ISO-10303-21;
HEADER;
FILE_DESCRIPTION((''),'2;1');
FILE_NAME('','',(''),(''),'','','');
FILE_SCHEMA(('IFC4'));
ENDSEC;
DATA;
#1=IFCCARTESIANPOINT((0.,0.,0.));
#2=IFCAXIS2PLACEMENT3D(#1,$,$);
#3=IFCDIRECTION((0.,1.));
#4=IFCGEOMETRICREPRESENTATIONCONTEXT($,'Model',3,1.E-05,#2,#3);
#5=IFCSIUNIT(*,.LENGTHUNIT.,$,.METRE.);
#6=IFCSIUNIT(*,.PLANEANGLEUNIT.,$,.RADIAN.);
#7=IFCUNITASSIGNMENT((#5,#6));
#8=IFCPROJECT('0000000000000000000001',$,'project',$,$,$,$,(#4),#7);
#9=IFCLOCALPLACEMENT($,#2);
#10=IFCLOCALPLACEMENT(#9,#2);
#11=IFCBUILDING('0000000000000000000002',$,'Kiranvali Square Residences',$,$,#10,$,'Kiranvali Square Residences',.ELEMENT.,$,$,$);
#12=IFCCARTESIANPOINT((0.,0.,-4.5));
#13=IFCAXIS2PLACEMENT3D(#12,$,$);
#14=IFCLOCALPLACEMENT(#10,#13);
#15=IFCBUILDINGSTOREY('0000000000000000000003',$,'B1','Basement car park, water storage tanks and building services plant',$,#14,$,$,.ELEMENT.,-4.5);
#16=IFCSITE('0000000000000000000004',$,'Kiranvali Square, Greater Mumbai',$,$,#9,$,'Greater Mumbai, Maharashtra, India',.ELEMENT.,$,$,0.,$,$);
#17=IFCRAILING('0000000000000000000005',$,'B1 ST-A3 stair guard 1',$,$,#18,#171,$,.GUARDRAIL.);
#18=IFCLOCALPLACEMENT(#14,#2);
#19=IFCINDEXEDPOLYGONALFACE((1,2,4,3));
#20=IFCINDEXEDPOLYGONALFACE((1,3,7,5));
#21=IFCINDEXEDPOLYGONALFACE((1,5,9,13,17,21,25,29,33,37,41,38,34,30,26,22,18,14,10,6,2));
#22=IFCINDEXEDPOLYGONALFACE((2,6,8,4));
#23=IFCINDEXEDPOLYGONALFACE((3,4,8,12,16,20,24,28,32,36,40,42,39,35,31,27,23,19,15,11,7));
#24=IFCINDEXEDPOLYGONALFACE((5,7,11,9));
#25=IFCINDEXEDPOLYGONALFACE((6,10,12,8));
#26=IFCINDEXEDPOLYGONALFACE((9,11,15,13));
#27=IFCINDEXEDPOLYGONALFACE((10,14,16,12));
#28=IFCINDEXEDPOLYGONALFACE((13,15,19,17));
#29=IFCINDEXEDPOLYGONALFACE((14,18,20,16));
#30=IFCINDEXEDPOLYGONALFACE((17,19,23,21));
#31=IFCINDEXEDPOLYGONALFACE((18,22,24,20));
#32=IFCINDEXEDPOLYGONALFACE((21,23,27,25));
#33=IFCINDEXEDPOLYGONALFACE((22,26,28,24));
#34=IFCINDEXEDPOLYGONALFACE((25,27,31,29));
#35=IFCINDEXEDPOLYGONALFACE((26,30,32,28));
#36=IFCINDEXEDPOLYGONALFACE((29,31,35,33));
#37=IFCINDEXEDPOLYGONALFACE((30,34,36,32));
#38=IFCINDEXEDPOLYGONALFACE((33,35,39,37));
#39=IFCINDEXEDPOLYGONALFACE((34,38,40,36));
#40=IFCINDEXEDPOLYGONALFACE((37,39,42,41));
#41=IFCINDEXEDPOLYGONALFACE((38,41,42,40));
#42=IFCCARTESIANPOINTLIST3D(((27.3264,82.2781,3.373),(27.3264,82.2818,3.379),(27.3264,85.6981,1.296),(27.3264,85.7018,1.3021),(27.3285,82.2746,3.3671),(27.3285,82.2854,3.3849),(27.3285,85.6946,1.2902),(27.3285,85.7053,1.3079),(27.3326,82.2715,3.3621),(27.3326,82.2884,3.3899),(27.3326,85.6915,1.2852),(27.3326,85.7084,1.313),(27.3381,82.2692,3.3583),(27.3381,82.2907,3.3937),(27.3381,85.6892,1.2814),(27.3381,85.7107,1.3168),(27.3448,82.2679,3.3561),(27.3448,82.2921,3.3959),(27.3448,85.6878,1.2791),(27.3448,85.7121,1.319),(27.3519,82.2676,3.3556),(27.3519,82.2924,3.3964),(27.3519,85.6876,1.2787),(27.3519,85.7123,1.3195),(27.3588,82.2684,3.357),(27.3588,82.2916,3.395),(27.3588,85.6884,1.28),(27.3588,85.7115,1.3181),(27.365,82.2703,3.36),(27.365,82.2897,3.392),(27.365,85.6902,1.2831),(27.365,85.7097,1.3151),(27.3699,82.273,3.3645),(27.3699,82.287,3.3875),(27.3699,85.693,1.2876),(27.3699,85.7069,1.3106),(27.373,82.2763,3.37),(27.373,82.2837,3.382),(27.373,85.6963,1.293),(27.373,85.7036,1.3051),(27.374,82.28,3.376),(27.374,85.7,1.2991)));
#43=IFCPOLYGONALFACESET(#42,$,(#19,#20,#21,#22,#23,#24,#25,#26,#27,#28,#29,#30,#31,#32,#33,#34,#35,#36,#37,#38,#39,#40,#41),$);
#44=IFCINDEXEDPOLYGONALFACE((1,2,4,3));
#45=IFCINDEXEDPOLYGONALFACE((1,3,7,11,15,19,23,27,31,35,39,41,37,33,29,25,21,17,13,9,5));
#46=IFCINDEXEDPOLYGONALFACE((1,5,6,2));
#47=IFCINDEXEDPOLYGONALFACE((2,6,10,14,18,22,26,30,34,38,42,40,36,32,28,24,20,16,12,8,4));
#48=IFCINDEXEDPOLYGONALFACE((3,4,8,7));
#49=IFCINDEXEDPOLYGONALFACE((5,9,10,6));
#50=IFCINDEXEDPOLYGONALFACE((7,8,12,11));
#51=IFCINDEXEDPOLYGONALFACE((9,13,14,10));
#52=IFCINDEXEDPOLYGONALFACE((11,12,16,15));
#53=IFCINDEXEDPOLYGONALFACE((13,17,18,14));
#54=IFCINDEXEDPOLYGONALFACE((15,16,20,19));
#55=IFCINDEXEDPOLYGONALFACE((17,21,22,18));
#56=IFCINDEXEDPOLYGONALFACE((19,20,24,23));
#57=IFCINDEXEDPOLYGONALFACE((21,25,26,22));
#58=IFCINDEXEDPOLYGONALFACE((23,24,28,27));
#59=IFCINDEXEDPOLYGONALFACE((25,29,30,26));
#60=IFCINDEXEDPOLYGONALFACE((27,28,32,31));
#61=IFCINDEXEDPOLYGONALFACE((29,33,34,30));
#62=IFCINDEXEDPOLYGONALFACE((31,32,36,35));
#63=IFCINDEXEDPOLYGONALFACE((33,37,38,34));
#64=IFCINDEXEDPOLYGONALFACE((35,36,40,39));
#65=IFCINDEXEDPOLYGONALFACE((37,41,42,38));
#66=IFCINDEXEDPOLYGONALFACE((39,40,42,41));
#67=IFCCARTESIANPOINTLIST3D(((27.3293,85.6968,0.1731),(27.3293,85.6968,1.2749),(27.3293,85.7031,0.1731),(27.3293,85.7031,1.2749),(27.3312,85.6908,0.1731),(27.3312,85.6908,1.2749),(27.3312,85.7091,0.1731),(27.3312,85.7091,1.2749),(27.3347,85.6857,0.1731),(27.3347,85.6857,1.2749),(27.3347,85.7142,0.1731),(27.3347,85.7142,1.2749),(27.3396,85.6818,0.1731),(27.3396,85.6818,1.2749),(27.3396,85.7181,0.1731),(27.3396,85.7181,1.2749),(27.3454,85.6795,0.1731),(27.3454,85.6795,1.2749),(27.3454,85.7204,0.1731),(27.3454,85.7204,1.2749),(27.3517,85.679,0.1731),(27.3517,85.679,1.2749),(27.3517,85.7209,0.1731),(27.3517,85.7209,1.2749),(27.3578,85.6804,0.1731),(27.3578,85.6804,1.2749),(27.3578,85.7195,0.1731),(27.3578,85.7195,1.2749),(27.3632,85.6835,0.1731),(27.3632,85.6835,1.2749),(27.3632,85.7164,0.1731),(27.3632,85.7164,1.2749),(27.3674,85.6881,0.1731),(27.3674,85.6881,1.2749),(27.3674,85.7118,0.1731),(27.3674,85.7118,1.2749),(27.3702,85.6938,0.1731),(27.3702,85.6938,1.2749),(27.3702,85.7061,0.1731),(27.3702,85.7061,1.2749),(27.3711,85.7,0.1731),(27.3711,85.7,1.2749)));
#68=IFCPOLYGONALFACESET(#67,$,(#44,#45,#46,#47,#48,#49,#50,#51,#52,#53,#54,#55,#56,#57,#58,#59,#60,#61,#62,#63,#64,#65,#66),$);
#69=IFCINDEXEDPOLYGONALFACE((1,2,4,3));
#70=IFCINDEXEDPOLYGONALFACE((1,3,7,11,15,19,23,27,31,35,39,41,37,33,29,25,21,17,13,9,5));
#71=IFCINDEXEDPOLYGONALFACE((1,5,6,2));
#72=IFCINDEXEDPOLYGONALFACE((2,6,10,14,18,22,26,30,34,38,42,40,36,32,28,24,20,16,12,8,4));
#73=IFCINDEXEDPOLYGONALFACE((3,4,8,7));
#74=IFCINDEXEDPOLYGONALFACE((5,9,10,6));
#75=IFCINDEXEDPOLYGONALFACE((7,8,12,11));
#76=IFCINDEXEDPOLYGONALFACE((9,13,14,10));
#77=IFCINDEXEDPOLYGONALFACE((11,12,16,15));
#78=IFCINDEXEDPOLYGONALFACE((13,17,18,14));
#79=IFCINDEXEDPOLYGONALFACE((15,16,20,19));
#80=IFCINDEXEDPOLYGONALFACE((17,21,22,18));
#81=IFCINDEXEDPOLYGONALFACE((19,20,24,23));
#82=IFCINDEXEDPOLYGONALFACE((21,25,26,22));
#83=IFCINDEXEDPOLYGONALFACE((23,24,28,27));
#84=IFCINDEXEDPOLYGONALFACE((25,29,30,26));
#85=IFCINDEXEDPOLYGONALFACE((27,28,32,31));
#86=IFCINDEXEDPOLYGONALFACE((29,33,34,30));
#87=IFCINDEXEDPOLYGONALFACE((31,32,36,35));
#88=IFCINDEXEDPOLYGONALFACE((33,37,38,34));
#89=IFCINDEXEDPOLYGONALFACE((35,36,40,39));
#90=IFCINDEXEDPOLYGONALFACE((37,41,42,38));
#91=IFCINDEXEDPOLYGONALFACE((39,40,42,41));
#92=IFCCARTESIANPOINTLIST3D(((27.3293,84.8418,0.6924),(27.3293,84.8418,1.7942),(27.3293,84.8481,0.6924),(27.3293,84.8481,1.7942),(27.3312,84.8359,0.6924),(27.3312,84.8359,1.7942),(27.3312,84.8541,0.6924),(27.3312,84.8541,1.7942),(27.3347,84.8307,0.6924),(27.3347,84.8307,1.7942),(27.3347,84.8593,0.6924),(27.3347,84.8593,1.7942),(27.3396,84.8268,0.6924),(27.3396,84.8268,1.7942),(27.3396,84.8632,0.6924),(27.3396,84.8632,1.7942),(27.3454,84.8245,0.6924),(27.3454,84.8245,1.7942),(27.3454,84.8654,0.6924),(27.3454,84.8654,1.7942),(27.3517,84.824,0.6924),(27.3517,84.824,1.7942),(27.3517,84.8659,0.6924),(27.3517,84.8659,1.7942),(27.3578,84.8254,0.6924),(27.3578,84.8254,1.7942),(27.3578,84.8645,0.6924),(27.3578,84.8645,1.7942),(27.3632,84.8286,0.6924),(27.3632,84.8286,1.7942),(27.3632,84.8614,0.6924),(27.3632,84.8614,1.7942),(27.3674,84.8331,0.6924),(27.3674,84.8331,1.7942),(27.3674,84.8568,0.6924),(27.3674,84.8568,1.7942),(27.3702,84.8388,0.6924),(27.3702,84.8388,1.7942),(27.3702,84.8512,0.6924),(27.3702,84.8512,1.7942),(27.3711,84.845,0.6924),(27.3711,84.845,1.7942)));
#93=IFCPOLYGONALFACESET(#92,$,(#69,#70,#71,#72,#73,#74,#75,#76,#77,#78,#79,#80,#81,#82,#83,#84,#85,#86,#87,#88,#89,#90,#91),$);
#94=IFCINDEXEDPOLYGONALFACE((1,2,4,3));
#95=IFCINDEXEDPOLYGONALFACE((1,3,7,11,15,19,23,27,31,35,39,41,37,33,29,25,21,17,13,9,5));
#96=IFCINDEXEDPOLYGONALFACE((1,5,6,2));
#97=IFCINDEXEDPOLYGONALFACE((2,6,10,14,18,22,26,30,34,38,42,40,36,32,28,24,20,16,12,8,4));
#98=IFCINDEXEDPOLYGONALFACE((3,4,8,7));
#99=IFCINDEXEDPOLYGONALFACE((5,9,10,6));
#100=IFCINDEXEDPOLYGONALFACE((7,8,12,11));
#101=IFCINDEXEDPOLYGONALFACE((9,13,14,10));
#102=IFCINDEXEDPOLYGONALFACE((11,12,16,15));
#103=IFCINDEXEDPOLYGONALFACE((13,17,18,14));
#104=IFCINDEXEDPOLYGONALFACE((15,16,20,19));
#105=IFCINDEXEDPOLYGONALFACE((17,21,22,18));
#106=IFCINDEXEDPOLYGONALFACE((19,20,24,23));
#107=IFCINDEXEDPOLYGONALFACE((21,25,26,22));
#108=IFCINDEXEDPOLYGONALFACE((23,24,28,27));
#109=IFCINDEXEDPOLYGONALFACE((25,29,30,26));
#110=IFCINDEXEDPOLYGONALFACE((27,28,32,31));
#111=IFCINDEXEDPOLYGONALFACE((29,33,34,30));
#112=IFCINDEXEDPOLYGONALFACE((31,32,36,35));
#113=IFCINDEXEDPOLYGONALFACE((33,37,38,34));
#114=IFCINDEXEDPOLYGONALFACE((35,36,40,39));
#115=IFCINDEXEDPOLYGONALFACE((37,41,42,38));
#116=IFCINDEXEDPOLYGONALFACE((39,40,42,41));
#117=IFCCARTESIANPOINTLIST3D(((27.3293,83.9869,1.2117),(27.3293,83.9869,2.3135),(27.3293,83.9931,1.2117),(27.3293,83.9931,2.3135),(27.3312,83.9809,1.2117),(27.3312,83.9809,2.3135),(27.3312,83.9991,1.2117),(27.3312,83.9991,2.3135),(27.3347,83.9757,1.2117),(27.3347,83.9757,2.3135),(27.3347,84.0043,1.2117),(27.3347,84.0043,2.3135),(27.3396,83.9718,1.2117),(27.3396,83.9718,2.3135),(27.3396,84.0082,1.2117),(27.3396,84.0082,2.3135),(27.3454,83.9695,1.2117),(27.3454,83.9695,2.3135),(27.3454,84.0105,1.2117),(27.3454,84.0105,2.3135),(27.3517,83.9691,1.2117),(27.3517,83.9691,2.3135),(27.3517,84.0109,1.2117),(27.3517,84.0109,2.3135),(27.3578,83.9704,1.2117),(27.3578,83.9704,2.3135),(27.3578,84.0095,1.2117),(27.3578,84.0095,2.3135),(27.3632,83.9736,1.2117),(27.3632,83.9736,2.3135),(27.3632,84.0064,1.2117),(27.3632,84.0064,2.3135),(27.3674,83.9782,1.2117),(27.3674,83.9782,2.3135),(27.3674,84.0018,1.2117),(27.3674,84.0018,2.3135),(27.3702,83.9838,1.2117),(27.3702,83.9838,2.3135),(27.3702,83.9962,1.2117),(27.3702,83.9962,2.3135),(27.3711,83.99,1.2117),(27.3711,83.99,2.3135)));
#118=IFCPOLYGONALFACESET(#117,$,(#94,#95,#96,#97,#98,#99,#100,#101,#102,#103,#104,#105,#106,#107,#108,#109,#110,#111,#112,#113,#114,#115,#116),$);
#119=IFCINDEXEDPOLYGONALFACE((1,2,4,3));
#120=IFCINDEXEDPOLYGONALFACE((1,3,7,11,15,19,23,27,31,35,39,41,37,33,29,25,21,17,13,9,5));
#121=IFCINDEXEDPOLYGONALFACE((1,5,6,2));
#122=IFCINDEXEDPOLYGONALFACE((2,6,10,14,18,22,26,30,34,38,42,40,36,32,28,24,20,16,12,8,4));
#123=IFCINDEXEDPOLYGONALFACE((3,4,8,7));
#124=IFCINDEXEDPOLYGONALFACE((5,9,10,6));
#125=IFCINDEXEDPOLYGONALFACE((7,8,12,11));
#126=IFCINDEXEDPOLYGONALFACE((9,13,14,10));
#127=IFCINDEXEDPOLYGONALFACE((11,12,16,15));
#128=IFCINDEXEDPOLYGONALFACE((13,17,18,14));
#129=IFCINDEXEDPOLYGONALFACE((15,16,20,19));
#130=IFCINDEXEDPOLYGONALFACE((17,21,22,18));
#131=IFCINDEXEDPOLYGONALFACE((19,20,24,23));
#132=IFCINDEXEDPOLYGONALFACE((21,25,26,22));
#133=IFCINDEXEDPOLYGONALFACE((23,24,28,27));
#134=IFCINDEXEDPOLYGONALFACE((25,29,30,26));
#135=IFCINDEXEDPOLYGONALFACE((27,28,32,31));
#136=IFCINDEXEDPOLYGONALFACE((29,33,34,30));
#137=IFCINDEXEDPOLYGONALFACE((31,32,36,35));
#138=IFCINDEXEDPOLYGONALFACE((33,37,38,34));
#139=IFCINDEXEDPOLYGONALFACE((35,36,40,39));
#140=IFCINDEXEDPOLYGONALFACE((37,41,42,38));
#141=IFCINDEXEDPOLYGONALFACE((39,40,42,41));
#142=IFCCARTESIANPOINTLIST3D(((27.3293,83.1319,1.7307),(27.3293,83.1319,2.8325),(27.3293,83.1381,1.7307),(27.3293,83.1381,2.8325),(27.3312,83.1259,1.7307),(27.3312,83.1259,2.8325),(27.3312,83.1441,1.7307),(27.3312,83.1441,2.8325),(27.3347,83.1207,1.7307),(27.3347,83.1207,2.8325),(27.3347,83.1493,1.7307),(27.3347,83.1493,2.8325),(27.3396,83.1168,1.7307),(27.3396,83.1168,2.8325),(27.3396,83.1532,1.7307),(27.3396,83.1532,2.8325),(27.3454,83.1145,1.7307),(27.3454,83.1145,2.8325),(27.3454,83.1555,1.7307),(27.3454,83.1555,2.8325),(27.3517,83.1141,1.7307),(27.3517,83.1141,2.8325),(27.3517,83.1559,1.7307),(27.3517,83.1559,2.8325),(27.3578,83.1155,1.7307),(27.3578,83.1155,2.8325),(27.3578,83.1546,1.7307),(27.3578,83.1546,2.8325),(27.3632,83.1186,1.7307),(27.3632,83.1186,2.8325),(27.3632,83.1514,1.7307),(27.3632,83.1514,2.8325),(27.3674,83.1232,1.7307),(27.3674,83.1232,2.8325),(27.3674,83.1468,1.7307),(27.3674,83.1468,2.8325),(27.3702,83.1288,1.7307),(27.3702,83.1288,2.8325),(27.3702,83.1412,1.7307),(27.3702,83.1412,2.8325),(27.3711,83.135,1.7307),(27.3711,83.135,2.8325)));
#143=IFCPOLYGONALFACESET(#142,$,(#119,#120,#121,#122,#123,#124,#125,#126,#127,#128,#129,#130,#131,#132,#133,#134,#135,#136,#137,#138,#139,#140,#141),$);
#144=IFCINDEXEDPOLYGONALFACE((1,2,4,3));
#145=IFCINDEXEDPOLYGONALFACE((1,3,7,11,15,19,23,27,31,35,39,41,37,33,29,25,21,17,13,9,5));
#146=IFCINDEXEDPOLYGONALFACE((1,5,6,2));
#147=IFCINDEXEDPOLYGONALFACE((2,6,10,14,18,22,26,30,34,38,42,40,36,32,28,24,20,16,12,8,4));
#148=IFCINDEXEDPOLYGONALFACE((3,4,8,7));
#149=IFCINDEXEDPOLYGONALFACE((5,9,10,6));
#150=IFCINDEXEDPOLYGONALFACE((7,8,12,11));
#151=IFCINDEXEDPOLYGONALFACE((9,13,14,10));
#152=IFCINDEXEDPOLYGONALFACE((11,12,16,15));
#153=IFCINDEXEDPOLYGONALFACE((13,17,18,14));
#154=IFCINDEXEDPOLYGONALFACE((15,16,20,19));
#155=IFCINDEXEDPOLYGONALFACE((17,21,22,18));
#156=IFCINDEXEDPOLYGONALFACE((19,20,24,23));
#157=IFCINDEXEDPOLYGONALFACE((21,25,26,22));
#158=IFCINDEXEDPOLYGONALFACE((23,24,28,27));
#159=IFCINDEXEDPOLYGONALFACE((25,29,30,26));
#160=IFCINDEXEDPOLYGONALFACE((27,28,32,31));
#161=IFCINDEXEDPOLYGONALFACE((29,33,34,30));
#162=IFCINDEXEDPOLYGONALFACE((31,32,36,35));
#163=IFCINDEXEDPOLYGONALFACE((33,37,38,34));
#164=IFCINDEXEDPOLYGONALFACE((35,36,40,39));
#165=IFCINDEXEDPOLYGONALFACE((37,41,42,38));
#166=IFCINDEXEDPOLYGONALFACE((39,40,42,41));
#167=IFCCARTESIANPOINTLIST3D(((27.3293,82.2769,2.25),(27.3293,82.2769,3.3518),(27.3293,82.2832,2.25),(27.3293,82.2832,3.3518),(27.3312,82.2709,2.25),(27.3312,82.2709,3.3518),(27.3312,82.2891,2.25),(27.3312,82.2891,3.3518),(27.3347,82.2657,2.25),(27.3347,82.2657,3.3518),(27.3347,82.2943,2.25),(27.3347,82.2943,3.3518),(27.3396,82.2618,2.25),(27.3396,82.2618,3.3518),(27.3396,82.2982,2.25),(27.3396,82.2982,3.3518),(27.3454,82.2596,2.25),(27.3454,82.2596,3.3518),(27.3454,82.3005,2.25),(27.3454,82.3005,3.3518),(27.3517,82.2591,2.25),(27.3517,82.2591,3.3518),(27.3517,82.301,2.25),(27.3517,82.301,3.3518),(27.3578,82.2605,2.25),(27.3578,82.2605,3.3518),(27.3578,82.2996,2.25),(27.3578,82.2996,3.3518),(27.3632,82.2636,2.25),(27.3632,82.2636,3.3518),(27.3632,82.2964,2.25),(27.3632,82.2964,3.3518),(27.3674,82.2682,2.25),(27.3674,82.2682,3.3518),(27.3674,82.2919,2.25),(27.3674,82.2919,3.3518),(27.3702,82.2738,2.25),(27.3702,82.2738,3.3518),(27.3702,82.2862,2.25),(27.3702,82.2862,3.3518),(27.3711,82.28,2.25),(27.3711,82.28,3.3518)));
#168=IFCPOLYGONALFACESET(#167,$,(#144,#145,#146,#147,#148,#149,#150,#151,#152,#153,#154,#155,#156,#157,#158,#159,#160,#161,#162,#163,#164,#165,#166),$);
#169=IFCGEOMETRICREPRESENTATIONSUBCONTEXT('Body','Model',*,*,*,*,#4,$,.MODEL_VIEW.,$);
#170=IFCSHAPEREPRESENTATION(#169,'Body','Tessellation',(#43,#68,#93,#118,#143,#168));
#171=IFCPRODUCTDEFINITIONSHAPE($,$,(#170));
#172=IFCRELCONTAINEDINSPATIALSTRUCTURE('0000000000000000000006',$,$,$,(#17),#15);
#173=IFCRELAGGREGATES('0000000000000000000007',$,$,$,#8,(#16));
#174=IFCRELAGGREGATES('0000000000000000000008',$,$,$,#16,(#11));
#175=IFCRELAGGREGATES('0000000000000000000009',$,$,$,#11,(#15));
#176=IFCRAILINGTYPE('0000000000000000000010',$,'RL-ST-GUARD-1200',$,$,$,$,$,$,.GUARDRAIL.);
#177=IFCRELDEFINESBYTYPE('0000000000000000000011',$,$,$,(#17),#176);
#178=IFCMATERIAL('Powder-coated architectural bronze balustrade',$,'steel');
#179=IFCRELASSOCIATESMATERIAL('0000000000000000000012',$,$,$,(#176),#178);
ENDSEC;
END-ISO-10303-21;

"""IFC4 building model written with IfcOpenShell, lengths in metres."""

from ifc_helpers import new_model, si_unit, direction, frame, origin, origin_2d, place, context, subcontext, project, spatial, circle, extrude, material, type_object, element, save


model = new_model("IFC4")

# Units and contexts
model_context = context("Model", 3, precision=1e-05, world=origin(), true_north=direction((0.0, 1.0)))
body_context = subcontext(model_context, "Body", "Model", "MODEL_VIEW")
ifc_project = project(units=[si_unit("LENGTHUNIT", "METRE"), si_unit("PLANEANGLEUNIT", "RADIAN")], contexts=[model_context])

# Site, building, storey
site_placement = place(None, origin())
site = spatial("IfcSite", under=ifc_project, at=site_placement, Name="Kiranvali Square, Greater Mumbai", LongName="Greater Mumbai, Maharashtra, India", CompositionType="ELEMENT", RefElevation=0.0)
building_placement = place(site_placement, origin())
building = spatial("IfcBuilding", under=site, at=building_placement, Name="Kiranvali Square Residences", LongName="Kiranvali Square Residences", CompositionType="ELEMENT")
storey_placement = place(building_placement, frame((0.0, 0.0, -4.5)))
storey = spatial("IfcBuildingStorey", under=building, at=storey_placement, Name="B1", Description="Basement car park, water storage tanks and building services plant", CompositionType="ELEMENT", Elevation=-4.5)

# Railing
ifc_material_1 = material(Name="Powder-coated architectural bronze balustrade", Category="steel")
railing_type_1 = type_object("IfcRailingType", Name="RL-ST-GUARD-1200", PredefinedType="GUARDRAIL", material=ifc_material_1)
railing_1_placement = place(storey_placement, frame((27.3501, 85.7, 0.1731)))
element("IfcRailing", 1, at=railing_1_placement, inside=storey, type_object=railing_type_1, Name="B1 ST-A3 stair guard 1", PredefinedType="GUARDRAIL", context=body_context, shape_type="SweptSolid", body=[
    extrude(circle(Radius=0.0239, at=origin_2d()), frame((0.0, 0.0, 1.126), z_axis=(0.0, -0.85473, 0.519074), x_axis=(1.0, 0.0, 0.0)), (0.0, 0.0, 1.0), 4.0012),
    extrude(circle(Radius=0.021, at=origin_2d()), origin(), (0.0, 0.0, 1.0), 1.1018),
    extrude(circle(Radius=0.021, at=origin_2d()), frame((0.0, -0.855, 0.5193)), (0.0, 0.0, 1.0), 1.1018),
    extrude(circle(Radius=0.021, at=origin_2d()), frame((0.0, -1.71, 1.0386)), (0.0, 0.0, 1.0), 1.1018),
    extrude(circle(Radius=0.021, at=origin_2d()), frame((0.0, -2.5649, 1.5576)), (0.0, 0.0, 1.0), 1.1018),
    extrude(circle(Radius=0.021, at=origin_2d()), frame((0.0, -3.4199, 2.0769)), (0.0, 0.0, 1.0), 1.1018),
])

save(model, "model.ifc")
